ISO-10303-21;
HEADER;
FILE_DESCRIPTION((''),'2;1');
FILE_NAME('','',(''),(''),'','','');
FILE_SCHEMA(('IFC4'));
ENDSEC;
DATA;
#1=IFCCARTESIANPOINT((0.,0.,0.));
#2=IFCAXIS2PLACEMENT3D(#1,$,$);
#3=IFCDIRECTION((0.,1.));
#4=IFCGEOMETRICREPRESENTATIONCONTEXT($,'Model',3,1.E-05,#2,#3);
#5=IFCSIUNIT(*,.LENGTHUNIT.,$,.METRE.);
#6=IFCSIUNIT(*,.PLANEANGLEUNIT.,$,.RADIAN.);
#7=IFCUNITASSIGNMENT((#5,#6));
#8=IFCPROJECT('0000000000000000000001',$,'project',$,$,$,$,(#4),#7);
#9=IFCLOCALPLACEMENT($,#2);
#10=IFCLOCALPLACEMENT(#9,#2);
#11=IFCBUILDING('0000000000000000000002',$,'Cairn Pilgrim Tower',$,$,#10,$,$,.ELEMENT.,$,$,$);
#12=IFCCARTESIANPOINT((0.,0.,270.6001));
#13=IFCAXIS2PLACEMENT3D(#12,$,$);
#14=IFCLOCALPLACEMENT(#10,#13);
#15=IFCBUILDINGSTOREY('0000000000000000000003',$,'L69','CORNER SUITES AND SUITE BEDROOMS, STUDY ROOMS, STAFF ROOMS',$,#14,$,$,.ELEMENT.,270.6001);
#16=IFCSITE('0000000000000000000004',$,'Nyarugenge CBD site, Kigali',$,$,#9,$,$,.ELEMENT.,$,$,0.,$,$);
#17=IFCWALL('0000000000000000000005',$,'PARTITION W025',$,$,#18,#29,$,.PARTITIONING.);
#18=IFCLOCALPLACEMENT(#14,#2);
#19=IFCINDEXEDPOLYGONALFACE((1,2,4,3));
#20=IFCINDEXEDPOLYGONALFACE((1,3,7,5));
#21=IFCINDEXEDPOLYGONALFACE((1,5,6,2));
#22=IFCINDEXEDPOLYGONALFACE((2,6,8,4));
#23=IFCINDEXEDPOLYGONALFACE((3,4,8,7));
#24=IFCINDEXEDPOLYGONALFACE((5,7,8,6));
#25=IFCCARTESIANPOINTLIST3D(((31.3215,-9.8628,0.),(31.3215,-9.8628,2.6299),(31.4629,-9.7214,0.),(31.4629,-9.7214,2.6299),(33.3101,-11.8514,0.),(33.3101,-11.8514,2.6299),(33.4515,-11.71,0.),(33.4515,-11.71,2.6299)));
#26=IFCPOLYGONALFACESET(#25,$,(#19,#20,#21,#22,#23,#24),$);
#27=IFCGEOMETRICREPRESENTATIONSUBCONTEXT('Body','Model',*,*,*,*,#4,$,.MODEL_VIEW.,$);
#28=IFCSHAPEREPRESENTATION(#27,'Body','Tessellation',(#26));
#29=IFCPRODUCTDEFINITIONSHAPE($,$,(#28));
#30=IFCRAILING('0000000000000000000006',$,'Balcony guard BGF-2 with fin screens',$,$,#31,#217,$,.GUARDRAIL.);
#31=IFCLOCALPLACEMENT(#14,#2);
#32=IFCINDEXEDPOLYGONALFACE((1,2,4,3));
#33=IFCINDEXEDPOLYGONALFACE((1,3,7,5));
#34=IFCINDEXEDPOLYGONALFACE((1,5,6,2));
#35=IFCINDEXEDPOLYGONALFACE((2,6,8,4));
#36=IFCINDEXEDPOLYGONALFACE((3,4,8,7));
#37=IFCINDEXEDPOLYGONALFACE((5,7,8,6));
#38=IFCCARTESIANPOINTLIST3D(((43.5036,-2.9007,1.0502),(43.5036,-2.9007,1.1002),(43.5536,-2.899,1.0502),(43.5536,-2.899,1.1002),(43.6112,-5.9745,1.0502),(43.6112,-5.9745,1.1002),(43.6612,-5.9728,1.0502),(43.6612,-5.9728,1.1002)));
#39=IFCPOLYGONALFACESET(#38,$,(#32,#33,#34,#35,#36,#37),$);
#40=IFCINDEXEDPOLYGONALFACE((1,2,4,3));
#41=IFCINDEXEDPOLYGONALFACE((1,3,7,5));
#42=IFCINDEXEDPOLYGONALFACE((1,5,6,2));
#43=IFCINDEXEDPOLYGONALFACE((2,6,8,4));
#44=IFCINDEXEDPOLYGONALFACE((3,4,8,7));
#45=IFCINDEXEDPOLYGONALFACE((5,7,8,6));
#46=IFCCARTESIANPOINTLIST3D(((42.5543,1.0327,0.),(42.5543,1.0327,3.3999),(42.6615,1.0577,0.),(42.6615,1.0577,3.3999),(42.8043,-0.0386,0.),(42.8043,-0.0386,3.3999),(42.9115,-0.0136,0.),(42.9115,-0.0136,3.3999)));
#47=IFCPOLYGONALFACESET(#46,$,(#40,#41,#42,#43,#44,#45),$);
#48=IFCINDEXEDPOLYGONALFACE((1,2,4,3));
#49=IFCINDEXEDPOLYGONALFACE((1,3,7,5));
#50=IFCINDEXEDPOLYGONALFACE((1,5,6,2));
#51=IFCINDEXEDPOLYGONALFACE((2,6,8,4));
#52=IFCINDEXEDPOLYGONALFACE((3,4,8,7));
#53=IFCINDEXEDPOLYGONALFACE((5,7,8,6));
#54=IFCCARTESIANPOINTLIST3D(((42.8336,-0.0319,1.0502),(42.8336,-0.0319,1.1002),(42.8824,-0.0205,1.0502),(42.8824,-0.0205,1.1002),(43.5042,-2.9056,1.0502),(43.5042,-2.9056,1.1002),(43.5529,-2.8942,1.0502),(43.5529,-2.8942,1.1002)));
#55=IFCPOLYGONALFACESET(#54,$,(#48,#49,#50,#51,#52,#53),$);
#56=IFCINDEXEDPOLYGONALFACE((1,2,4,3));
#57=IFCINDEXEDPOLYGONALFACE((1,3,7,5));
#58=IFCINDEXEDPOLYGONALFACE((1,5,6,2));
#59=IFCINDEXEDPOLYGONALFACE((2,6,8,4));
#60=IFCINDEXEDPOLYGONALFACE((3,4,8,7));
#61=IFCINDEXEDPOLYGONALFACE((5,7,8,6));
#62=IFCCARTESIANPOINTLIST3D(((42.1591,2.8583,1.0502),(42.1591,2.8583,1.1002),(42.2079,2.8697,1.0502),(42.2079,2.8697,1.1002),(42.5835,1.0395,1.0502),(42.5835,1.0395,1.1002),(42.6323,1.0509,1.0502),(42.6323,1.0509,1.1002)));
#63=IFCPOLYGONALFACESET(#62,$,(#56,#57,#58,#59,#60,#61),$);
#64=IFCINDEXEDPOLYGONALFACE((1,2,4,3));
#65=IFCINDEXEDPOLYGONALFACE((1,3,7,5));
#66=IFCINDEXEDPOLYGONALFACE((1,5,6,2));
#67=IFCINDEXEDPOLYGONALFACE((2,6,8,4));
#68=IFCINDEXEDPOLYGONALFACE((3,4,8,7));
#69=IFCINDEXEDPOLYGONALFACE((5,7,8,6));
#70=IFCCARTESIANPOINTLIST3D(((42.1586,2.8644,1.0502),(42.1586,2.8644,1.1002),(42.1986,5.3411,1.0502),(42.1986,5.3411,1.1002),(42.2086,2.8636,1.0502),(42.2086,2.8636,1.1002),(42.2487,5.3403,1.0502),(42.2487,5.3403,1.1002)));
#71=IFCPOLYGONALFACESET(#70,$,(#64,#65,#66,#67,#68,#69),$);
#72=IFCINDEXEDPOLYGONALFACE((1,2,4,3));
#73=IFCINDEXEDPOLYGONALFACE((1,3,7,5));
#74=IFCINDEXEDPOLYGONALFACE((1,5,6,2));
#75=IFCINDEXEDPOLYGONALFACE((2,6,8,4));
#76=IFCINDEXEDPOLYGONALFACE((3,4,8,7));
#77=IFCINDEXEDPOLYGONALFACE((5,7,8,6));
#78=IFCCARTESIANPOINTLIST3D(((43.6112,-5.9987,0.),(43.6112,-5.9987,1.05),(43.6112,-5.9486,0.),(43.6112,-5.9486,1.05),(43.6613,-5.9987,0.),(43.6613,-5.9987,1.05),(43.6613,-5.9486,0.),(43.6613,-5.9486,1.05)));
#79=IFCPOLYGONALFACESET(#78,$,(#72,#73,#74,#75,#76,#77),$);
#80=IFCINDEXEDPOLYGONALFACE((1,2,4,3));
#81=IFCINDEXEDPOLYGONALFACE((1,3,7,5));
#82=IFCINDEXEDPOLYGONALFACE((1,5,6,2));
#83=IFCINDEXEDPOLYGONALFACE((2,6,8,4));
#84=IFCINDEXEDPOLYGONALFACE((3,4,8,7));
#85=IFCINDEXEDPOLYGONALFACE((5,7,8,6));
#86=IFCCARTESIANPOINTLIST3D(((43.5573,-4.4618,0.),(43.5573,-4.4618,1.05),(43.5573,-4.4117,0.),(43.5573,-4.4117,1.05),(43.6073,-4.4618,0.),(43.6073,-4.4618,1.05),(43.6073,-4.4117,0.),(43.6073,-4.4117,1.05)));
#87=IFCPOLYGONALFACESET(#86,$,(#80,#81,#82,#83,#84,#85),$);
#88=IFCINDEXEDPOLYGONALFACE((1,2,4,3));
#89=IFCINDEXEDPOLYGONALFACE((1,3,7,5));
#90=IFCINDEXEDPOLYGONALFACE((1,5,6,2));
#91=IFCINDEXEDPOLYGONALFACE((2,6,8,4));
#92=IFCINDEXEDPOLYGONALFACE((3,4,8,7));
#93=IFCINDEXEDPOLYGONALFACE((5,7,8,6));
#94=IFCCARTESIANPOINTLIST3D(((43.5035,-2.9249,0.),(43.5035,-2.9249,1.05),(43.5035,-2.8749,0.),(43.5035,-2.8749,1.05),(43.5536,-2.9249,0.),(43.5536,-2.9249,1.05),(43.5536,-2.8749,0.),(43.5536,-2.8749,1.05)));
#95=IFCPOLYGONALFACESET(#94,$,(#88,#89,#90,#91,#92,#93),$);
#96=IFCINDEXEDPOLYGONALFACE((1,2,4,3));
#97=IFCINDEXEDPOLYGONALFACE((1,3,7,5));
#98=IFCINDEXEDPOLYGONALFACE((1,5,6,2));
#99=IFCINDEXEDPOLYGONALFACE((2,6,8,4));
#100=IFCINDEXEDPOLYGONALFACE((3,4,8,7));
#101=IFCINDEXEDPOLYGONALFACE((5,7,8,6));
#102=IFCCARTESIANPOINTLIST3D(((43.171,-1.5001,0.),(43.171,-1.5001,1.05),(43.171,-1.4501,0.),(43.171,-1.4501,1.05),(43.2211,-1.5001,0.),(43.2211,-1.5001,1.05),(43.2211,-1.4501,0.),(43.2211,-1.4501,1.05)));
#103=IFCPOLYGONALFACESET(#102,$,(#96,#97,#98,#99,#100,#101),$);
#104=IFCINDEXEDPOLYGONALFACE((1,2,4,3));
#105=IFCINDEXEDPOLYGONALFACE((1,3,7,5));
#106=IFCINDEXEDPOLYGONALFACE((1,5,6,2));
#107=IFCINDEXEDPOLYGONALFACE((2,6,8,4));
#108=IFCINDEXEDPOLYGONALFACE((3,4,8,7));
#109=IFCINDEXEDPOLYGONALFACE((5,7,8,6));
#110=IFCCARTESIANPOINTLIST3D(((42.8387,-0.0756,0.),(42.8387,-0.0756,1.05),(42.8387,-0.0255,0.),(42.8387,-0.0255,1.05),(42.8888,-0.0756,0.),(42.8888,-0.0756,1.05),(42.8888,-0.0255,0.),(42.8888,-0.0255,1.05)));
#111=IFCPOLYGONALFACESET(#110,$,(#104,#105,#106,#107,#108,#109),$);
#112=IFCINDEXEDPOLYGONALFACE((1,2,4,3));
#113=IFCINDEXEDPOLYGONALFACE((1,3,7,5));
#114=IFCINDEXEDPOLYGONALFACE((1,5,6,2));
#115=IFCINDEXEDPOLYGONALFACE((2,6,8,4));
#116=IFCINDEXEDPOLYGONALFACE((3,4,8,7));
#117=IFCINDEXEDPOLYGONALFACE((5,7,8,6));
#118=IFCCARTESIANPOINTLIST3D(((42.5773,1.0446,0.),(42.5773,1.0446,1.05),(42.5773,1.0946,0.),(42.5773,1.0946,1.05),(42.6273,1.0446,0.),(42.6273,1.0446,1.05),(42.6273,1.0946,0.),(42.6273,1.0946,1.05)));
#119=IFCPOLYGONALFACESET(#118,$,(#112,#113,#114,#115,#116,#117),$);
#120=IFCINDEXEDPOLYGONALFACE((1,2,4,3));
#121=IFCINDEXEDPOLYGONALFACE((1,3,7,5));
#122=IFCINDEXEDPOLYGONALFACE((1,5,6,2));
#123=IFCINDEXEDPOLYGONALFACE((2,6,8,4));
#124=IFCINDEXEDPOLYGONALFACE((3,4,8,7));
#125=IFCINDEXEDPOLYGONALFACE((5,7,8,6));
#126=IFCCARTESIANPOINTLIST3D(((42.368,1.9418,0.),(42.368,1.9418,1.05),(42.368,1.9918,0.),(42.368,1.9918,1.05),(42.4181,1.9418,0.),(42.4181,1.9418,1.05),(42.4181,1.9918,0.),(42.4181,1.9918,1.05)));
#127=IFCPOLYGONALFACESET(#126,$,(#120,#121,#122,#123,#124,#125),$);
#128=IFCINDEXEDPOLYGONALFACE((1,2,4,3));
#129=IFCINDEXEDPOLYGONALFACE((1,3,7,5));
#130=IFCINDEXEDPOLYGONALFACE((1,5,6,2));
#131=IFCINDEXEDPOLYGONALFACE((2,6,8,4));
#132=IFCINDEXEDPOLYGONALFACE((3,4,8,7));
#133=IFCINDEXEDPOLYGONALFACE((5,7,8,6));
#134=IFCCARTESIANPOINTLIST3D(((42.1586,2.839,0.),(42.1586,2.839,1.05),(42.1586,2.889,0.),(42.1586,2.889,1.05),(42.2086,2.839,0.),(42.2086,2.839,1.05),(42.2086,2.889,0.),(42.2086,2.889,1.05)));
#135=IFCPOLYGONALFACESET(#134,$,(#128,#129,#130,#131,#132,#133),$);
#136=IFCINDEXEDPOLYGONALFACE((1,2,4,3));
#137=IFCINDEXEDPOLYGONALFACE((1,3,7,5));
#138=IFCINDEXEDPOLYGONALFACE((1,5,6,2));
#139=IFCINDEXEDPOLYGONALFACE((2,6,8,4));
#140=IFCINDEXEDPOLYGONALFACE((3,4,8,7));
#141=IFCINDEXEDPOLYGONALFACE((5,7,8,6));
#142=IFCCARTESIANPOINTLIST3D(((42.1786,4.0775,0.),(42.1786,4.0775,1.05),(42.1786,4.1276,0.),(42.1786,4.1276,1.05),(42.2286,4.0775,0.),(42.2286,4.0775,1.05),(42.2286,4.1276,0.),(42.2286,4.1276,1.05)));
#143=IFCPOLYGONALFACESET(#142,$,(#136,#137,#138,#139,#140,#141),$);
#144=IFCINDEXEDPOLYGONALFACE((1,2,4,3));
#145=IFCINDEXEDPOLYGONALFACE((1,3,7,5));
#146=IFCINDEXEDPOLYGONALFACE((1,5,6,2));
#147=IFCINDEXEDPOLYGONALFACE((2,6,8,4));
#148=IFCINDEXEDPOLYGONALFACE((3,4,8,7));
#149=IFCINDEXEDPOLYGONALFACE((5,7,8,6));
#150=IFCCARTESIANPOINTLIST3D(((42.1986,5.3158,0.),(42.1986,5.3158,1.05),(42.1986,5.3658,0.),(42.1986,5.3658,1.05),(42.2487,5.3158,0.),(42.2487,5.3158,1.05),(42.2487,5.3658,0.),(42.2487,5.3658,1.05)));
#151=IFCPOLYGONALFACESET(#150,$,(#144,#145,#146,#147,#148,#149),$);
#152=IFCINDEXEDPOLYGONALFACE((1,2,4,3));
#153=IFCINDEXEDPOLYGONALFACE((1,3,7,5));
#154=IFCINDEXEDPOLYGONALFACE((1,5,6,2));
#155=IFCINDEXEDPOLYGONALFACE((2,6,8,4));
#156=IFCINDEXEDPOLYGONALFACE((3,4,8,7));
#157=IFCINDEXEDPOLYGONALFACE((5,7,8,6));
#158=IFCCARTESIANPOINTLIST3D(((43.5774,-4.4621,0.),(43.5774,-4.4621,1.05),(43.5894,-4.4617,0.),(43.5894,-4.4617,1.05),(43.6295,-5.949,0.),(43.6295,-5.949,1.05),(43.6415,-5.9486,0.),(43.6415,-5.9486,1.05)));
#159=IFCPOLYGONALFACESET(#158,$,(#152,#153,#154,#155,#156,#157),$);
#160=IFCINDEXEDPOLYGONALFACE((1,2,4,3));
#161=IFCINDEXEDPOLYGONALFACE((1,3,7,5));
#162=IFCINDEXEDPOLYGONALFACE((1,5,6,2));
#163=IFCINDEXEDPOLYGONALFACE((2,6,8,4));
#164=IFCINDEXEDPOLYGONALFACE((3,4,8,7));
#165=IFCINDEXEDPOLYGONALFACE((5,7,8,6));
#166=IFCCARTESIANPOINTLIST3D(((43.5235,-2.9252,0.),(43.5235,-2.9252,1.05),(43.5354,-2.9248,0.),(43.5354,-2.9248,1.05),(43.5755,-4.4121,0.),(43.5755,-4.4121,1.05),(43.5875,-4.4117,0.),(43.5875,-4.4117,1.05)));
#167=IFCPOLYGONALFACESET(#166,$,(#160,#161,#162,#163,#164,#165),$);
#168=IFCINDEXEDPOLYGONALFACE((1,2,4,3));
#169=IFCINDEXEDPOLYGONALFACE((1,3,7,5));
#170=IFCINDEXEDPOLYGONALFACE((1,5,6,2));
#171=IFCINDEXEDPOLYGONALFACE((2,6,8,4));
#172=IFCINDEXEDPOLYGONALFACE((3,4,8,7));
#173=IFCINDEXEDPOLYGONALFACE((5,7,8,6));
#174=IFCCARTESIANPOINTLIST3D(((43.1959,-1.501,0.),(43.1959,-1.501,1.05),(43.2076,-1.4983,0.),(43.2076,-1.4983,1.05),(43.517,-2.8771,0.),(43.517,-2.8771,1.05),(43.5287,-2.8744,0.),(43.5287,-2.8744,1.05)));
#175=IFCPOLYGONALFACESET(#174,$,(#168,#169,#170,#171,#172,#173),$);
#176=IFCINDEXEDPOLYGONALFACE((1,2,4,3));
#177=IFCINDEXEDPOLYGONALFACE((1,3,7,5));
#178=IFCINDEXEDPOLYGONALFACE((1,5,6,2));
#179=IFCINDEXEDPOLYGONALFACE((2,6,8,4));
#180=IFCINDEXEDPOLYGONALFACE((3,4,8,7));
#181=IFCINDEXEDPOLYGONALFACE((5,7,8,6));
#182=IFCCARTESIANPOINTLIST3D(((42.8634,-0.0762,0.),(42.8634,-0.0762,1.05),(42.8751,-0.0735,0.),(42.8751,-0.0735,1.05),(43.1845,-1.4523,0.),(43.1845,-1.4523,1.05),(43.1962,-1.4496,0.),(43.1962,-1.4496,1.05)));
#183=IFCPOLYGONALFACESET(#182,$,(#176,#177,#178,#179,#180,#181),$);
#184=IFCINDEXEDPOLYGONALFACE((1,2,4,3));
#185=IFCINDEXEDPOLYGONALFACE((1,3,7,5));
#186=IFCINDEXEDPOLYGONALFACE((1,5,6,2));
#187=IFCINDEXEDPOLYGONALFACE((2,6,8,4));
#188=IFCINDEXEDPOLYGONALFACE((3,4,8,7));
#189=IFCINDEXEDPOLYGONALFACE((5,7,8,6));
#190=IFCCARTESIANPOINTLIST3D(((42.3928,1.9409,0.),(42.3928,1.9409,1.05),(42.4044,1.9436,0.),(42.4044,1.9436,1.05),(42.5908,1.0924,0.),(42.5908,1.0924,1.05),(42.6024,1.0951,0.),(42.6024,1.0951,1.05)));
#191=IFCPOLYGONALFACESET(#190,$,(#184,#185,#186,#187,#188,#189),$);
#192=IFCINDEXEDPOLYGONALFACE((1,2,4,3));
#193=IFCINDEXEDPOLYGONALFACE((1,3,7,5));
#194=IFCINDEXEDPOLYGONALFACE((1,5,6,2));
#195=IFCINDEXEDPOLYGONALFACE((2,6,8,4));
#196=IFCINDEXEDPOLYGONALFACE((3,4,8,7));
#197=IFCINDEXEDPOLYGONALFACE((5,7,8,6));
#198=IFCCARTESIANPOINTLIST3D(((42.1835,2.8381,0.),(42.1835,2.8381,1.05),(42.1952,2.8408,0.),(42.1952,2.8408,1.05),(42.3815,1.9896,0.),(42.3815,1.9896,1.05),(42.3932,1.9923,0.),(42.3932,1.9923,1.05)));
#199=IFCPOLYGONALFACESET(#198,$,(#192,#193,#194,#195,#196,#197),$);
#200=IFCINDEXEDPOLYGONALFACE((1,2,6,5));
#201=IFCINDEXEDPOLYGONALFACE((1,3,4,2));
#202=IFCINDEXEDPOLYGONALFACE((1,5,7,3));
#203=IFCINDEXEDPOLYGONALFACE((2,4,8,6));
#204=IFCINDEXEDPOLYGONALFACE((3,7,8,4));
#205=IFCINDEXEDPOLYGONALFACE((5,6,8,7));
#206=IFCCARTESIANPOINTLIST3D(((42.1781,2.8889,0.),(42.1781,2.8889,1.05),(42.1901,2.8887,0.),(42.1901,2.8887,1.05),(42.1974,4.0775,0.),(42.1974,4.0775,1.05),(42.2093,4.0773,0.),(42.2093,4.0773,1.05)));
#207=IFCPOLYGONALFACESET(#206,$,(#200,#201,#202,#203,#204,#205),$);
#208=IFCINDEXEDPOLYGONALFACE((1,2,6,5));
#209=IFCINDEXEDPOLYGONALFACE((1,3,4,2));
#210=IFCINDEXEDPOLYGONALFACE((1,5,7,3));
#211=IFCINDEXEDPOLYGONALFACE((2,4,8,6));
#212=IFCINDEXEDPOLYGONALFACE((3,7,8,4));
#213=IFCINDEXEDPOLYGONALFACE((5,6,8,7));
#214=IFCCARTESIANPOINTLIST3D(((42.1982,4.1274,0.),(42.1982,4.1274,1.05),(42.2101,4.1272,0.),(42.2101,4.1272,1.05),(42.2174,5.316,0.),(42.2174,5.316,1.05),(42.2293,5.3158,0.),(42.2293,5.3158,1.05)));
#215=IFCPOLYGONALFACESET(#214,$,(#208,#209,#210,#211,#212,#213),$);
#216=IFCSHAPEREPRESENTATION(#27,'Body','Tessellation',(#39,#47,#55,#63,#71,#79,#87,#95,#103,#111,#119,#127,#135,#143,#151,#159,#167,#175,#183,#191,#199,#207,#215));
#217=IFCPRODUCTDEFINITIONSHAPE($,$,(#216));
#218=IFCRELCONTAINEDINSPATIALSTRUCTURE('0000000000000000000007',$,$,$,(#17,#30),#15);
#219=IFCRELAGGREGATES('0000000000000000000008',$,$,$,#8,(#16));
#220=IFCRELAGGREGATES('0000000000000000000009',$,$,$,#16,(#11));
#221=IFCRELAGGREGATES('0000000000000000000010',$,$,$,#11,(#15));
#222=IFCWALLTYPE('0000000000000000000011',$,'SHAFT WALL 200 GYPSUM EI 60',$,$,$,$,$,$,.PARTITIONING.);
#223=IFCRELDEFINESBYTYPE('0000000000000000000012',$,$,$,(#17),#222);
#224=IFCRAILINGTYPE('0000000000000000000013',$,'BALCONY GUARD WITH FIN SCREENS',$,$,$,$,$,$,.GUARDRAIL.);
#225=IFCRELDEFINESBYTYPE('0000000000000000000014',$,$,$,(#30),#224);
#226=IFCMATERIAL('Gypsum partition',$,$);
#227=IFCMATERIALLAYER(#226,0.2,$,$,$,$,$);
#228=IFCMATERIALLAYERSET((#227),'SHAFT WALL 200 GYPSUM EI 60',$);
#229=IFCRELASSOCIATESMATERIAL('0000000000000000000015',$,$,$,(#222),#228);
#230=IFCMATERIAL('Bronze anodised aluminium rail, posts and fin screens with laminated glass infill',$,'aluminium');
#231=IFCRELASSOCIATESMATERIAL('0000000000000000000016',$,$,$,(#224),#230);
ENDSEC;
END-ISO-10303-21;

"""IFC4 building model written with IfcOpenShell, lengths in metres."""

from ifc_helpers import new_model, si_unit, direction, frame, frame_2d, origin, origin_2d, place, context, subcontext, project, spatial, polyline, rectangle, outline, extrude, material, layer, layer_set, type_object, element, save


model = new_model("IFC4")

# Units and contexts
model_context = context("Model", 3, precision=1e-05, world=origin(), true_north=direction((0.0, 1.0)))
body_context = subcontext(model_context, "Body", "Model", "MODEL_VIEW")
ifc_project = project(units=[si_unit("LENGTHUNIT", "METRE"), si_unit("PLANEANGLEUNIT", "RADIAN")], contexts=[model_context])

# Site, building, storey
site_placement = place(None, origin())
site = spatial("IfcSite", under=ifc_project, at=site_placement, Name="Nyarugenge CBD site, Kigali", CompositionType="ELEMENT", RefElevation=0.0)
building_placement = place(site_placement, origin())
building = spatial("IfcBuilding", under=site, at=building_placement, Name="Cairn Pilgrim Tower", CompositionType="ELEMENT")
storey_placement = place(building_placement, frame((0.0, 0.0, 270.6001)))
storey = spatial("IfcBuildingStorey", under=building, at=storey_placement, Name="L69", Description="CORNER SUITES AND SUITE BEDROOMS, STUDY ROOMS, STAFF ROOMS", CompositionType="ELEMENT", Elevation=270.6001)

# Shared definitions
ifc_material_1 = material(Name="Gypsum partition")

# Wall
ifc_layer_1 = layer(ifc_material_1, 0.2)
ifc_layer_set_1 = layer_set([ifc_layer_1], Name="SHAFT WALL 200 GYPSUM EI 60")
wall_type_1 = type_object("IfcWallType", Name="SHAFT WALL 200 GYPSUM EI 60", PredefinedType="PARTITIONING", material=ifc_layer_set_1)
wall_1_placement = place(storey_placement, frame((33.3809, -11.7808, 0.0), z_axis=(0.0, 0.0, 1.0), x_axis=(-0.707107, 0.707107, 0.0)))
element("IfcWall", 1, at=wall_1_placement, inside=storey, type_object=wall_type_1, Name="PARTITION W025", PredefinedType="PARTITIONING", context=body_context, shape_type="SweptSolid", body=[
    extrude(rectangle(XDim=2.8123, YDim=0.2, at=frame_2d((1.4062, 0.0))), origin(), (0.0, 0.0, 1.0), 2.6299),
])

# Railing
ifc_material_2 = material(Name="Bronze anodised aluminium rail, posts and fin screens with laminated glass infill", Category="aluminium")
railing_type = type_object("IfcRailingType", Name="BALCONY GUARD WITH FIN SCREENS", PredefinedType="GUARDRAIL", material=ifc_material_2)
railing_placement = place(storey_placement, frame((43.6362, -5.9736, 0.0)))
element("IfcRailing", 2, at=railing_placement, inside=storey, type_object=railing_type, Name="Balcony guard BGF-2 with fin screens", PredefinedType="GUARDRAIL", context=body_context, shape_type="SweptSolid", body=[
    extrude(rectangle(XDim=0.05, YDim=0.05, at=origin_2d()), frame((0.0, 0.0, 1.0752), z_axis=(-0.035006, 0.999387, 0.0), x_axis=(-0.999387, -0.035006, 0.0)), (0.0, 0.0, 1.0), 3.0757),
    extrude(rectangle(XDim=1.1001, YDim=0.1101, at=origin_2d()), frame((-0.9033, 6.4832, 0.0), z_axis=(0.0, 0.0, 1.0), x_axis=(-0.227239, 0.973839, 0.0)), (0.0, 0.0, 1.0), 3.3999),
    extrude(rectangle(XDim=0.05, YDim=0.05, at=origin_2d()), frame((-0.1077, 3.0737, 1.0752), z_axis=(-0.227239, 0.973839, 0.0), x_axis=(-0.973839, -0.227239, 0.0)), (0.0, 0.0, 1.0), 2.9509),
    extrude(rectangle(XDim=0.05, YDim=0.05, at=origin_2d()), frame((-1.0283, 7.0188, 1.0752), z_axis=(-0.227239, 0.973839, 0.0), x_axis=(-0.973839, -0.227239, 0.0)), (0.0, 0.0, 1.0), 1.8677),
    extrude(rectangle(XDim=0.05, YDim=0.05, at=origin_2d()), frame((-1.4526, 8.8376, 1.0752), z_axis=(0.016163, 0.999869, 0.0), x_axis=(-0.999869, 0.016163, 0.0)), (0.0, 0.0, 1.0), 2.4771),
    extrude(rectangle(XDim=0.05, YDim=0.05, at=origin_2d()), origin(), (0.0, 0.0, 1.0), 1.05),
    extrude(rectangle(XDim=0.05, YDim=0.05, at=origin_2d()), frame((-0.054, 1.5369, 0.0)), (0.0, 0.0, 1.0), 1.05),
    extrude(rectangle(XDim=0.05, YDim=0.05, at=origin_2d()), frame((-0.1077, 3.0737, 0.0)), (0.0, 0.0, 1.0), 1.05),
    extrude(rectangle(XDim=0.05, YDim=0.05, at=origin_2d()), frame((-0.4402, 4.4985, 0.0)), (0.0, 0.0, 1.0), 1.05),
    extrude(rectangle(XDim=0.05, YDim=0.05, at=origin_2d()), frame((-0.7725, 5.9231, 0.0)), (0.0, 0.0, 1.0), 1.05),
    extrude(rectangle(XDim=0.05, YDim=0.05, at=origin_2d()), frame((-1.0339, 7.0432, 0.0)), (0.0, 0.0, 1.0), 1.05),
    extrude(rectangle(XDim=0.05, YDim=0.05, at=origin_2d()), frame((-1.2432, 7.9404, 0.0)), (0.0, 0.0, 1.0), 1.05),
    extrude(rectangle(XDim=0.05, YDim=0.05, at=origin_2d()), frame((-1.4526, 8.8376, 0.0)), (0.0, 0.0, 1.0), 1.05),
    extrude(rectangle(XDim=0.05, YDim=0.05, at=origin_2d()), frame((-1.4326, 10.0762, 0.0)), (0.0, 0.0, 1.0), 1.05),
    extrude(rectangle(XDim=0.05, YDim=0.05, at=origin_2d()), frame((-1.4126, 11.3145, 0.0)), (0.0, 0.0, 1.0), 1.05),
    extrude(outline(polyline([(0.0249, 0.0), (1.5127, 0.0), (1.5127, 1.05), (0.0249, 1.05), (0.0249, 0.0)])), frame((-0.0059, -0.0002, 0.0), z_axis=(0.999387, 0.035006, 0.0), x_axis=(-0.035006, 0.999387, 0.0)), (0.0, 0.0, 1.0), 0.012),
    extrude(outline(polyline([(0.0249, 0.0), (1.5127, 0.0), (1.5127, 1.05), (0.0249, 1.05), (0.0249, 0.0)])), frame((-0.0598, 1.5366, 0.0), z_axis=(0.999387, 0.035006, 0.0), x_axis=(-0.035006, 0.999387, 0.0)), (0.0, 0.0, 1.0), 0.012),
    extrude(outline(polyline([(0.0249, 0.0), (1.438, 0.0), (1.438, 1.05), (0.0249, 1.05), (0.0249, 0.0)])), frame((-0.1135, 3.0723, 0.0), z_axis=(0.973839, 0.227239, 0.0), x_axis=(-0.227239, 0.973839, 0.0)), (0.0, 0.0, 1.0), 0.012),
    extrude(outline(polyline([(0.0249, 0.0), (1.438, 0.0), (1.438, 1.05), (0.0249, 1.05), (0.0249, 0.0)])), frame((-0.446, 4.4971, 0.0), z_axis=(0.973839, 0.227239, 0.0), x_axis=(-0.227239, 0.973839, 0.0)), (0.0, 0.0, 1.0), 0.012),
    extrude(outline(polyline([(0.0249, 0.0), (0.8962, 0.0), (0.8962, 1.05), (0.0249, 1.05), (0.0249, 0.0)])), frame((-1.0398, 7.0417, 0.0), z_axis=(0.973839, 0.227239, 0.0), x_axis=(-0.227239, 0.973839, 0.0)), (0.0, 0.0, 1.0), 0.012),
    extrude(outline(polyline([(0.0249, 0.0), (0.8962, 0.0), (0.8962, 1.05), (0.0249, 1.05), (0.0249, 0.0)])), frame((-1.249, 7.939, 0.0), z_axis=(0.973839, 0.227239, 0.0), x_axis=(-0.227239, 0.973839, 0.0)), (0.0, 0.0, 1.0), 0.012),
    extrude(outline(polyline([(0.0249, 0.0), (1.2136, 0.0), (1.2136, 1.05), (0.0249, 1.05), (0.0249, 0.0)])), frame((-1.4585, 8.8376, 0.0), z_axis=(0.999869, -0.016163, 0.0), x_axis=(0.016163, 0.999869, 0.0)), (0.0, 0.0, 1.0), 0.012),
    extrude(outline(polyline([(0.0249, 0.0), (1.2136, 0.0), (1.2136, 1.05), (0.0249, 1.05), (0.0249, 0.0)])), frame((-1.4385, 10.0762, 0.0), z_axis=(0.999869, -0.016163, 0.0), x_axis=(0.016163, 0.999869, 0.0)), (0.0, 0.0, 1.0), 0.012),
])

save(model, "model.ifc")
